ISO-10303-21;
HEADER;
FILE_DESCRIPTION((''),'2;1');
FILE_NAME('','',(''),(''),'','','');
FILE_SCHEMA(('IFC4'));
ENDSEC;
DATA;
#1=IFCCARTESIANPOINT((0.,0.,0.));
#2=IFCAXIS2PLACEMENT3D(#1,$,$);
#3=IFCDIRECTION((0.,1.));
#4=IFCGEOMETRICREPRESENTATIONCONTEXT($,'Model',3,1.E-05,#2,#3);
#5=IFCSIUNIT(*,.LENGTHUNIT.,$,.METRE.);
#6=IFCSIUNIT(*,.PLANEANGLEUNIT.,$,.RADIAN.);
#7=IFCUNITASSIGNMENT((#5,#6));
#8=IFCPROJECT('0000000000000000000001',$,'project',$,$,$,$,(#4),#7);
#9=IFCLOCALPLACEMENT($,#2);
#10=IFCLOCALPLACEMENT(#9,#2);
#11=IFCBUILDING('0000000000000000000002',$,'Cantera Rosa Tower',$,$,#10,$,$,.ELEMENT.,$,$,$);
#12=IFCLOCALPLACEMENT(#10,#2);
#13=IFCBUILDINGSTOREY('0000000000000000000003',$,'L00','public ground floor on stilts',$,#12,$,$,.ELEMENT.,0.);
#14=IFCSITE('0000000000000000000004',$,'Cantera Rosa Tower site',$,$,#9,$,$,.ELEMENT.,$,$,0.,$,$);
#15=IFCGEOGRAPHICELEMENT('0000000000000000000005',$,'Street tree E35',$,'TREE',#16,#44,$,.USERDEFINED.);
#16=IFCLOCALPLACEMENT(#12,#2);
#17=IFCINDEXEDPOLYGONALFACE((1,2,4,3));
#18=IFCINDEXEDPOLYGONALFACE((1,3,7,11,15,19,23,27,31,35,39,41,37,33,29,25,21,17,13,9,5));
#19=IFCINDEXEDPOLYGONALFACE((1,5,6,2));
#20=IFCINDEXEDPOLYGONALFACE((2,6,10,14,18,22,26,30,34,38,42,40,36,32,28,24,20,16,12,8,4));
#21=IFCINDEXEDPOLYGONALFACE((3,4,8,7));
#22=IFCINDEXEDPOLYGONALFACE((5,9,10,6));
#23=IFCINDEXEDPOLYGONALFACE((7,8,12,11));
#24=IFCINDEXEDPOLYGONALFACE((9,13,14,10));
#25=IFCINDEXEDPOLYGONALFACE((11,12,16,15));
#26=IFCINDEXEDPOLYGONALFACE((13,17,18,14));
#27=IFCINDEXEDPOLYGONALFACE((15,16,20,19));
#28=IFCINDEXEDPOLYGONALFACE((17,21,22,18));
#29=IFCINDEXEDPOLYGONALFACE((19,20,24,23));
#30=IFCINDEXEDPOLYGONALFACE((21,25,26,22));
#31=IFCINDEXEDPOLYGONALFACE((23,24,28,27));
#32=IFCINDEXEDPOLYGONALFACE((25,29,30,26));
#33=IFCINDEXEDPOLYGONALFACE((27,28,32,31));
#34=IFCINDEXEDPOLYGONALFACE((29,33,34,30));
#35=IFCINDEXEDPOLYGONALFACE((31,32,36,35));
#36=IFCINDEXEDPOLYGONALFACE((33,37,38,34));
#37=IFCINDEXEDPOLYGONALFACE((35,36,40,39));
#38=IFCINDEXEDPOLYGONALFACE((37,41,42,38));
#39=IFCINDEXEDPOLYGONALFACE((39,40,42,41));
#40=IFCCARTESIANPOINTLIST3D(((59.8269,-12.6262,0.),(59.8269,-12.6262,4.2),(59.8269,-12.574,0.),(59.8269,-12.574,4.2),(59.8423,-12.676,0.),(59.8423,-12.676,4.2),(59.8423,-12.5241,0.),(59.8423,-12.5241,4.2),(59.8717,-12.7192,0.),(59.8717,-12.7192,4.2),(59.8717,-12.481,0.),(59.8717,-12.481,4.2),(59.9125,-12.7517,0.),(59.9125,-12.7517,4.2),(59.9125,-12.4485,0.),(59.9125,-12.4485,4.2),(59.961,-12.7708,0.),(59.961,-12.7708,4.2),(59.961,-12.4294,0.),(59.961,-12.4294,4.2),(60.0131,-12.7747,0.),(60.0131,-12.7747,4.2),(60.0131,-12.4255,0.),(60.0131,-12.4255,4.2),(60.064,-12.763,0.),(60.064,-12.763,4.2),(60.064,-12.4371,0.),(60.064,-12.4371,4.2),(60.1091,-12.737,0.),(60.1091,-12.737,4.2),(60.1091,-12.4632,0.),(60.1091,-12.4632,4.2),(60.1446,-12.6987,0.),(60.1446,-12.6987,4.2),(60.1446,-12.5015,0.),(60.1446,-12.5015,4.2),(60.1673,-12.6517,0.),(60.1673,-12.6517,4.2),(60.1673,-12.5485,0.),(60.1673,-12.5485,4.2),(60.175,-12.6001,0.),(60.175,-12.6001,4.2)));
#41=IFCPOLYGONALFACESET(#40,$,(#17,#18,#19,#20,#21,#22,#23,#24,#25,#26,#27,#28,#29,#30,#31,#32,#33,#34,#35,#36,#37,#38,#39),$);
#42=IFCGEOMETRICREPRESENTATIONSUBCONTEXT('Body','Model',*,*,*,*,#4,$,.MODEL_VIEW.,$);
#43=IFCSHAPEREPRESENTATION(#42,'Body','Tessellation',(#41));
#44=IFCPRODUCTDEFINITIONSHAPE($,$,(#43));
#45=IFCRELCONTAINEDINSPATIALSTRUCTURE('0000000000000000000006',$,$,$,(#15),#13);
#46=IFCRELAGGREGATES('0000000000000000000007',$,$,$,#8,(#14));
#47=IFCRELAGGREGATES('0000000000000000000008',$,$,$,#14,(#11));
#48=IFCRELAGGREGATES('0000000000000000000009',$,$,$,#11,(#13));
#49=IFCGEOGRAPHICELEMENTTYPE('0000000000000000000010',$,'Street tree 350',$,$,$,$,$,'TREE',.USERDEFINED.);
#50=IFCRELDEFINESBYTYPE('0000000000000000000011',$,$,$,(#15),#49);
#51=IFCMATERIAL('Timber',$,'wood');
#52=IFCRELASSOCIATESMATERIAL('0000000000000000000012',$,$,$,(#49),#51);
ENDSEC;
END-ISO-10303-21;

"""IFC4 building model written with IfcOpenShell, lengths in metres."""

from ifc_helpers import new_model, si_unit, direction, frame, origin, origin_2d, place, context, subcontext, project, spatial, circle, extrude, material, material_profile, profile_set, type_object, element, save


model = new_model("IFC4")

# Units and contexts
model_context = context("Model", 3, precision=1e-05, world=origin(), true_north=direction((0.0, 1.0)))
body_context = subcontext(model_context, "Body", "Model", "MODEL_VIEW")
ifc_project = project(units=[si_unit("LENGTHUNIT", "METRE"), si_unit("PLANEANGLEUNIT", "RADIAN")], contexts=[model_context])

# Site, building, storey
site_placement = place(None, origin())
site = spatial("IfcSite", under=ifc_project, at=site_placement, Name="Cantera Rosa Tower site", CompositionType="ELEMENT", RefElevation=0.0)
building_placement = place(site_placement, origin())
building = spatial("IfcBuilding", under=site, at=building_placement, Name="Cantera Rosa Tower", CompositionType="ELEMENT")
storey_placement = place(building_placement, origin())
storey = spatial("IfcBuildingStorey", under=building, at=storey_placement, Name="L00", Description="public ground floor on stilts", CompositionType="ELEMENT", Elevation=0.0)

# Geographic element
ifc_material_1 = material(Name="Timber", Category="wood")
ifc_material_profile_1 = material_profile(ifc_material_1, circle(Radius=0.175, at=origin_2d()), Name="Street tree 350")
ifc_profile_set_1 = profile_set([ifc_material_profile_1], Name="Timber")
geographic_element_type = type_object("IfcGeographicElementType", Name="Street tree 350", ElementType="TREE", PredefinedType="USERDEFINED", material=ifc_profile_set_1)
geographic_element_placement = place(storey_placement, frame((60.0, -12.6001, 0.0), z_axis=(0.0, 0.0, 1.0), x_axis=(1.0, 0.0, 0.0)))
element("IfcGeographicElement", 1, at=geographic_element_placement, inside=storey, type_object=geographic_element_type, Name="Street tree E35", ObjectType="TREE", PredefinedType="USERDEFINED", context=body_context, shape_type="SweptSolid", body=[
    extrude(circle(Radius=0.175, at=origin_2d()), origin(), (0.0, 0.0, 1.0), 4.2),
])

save(model, "model.ifc")
